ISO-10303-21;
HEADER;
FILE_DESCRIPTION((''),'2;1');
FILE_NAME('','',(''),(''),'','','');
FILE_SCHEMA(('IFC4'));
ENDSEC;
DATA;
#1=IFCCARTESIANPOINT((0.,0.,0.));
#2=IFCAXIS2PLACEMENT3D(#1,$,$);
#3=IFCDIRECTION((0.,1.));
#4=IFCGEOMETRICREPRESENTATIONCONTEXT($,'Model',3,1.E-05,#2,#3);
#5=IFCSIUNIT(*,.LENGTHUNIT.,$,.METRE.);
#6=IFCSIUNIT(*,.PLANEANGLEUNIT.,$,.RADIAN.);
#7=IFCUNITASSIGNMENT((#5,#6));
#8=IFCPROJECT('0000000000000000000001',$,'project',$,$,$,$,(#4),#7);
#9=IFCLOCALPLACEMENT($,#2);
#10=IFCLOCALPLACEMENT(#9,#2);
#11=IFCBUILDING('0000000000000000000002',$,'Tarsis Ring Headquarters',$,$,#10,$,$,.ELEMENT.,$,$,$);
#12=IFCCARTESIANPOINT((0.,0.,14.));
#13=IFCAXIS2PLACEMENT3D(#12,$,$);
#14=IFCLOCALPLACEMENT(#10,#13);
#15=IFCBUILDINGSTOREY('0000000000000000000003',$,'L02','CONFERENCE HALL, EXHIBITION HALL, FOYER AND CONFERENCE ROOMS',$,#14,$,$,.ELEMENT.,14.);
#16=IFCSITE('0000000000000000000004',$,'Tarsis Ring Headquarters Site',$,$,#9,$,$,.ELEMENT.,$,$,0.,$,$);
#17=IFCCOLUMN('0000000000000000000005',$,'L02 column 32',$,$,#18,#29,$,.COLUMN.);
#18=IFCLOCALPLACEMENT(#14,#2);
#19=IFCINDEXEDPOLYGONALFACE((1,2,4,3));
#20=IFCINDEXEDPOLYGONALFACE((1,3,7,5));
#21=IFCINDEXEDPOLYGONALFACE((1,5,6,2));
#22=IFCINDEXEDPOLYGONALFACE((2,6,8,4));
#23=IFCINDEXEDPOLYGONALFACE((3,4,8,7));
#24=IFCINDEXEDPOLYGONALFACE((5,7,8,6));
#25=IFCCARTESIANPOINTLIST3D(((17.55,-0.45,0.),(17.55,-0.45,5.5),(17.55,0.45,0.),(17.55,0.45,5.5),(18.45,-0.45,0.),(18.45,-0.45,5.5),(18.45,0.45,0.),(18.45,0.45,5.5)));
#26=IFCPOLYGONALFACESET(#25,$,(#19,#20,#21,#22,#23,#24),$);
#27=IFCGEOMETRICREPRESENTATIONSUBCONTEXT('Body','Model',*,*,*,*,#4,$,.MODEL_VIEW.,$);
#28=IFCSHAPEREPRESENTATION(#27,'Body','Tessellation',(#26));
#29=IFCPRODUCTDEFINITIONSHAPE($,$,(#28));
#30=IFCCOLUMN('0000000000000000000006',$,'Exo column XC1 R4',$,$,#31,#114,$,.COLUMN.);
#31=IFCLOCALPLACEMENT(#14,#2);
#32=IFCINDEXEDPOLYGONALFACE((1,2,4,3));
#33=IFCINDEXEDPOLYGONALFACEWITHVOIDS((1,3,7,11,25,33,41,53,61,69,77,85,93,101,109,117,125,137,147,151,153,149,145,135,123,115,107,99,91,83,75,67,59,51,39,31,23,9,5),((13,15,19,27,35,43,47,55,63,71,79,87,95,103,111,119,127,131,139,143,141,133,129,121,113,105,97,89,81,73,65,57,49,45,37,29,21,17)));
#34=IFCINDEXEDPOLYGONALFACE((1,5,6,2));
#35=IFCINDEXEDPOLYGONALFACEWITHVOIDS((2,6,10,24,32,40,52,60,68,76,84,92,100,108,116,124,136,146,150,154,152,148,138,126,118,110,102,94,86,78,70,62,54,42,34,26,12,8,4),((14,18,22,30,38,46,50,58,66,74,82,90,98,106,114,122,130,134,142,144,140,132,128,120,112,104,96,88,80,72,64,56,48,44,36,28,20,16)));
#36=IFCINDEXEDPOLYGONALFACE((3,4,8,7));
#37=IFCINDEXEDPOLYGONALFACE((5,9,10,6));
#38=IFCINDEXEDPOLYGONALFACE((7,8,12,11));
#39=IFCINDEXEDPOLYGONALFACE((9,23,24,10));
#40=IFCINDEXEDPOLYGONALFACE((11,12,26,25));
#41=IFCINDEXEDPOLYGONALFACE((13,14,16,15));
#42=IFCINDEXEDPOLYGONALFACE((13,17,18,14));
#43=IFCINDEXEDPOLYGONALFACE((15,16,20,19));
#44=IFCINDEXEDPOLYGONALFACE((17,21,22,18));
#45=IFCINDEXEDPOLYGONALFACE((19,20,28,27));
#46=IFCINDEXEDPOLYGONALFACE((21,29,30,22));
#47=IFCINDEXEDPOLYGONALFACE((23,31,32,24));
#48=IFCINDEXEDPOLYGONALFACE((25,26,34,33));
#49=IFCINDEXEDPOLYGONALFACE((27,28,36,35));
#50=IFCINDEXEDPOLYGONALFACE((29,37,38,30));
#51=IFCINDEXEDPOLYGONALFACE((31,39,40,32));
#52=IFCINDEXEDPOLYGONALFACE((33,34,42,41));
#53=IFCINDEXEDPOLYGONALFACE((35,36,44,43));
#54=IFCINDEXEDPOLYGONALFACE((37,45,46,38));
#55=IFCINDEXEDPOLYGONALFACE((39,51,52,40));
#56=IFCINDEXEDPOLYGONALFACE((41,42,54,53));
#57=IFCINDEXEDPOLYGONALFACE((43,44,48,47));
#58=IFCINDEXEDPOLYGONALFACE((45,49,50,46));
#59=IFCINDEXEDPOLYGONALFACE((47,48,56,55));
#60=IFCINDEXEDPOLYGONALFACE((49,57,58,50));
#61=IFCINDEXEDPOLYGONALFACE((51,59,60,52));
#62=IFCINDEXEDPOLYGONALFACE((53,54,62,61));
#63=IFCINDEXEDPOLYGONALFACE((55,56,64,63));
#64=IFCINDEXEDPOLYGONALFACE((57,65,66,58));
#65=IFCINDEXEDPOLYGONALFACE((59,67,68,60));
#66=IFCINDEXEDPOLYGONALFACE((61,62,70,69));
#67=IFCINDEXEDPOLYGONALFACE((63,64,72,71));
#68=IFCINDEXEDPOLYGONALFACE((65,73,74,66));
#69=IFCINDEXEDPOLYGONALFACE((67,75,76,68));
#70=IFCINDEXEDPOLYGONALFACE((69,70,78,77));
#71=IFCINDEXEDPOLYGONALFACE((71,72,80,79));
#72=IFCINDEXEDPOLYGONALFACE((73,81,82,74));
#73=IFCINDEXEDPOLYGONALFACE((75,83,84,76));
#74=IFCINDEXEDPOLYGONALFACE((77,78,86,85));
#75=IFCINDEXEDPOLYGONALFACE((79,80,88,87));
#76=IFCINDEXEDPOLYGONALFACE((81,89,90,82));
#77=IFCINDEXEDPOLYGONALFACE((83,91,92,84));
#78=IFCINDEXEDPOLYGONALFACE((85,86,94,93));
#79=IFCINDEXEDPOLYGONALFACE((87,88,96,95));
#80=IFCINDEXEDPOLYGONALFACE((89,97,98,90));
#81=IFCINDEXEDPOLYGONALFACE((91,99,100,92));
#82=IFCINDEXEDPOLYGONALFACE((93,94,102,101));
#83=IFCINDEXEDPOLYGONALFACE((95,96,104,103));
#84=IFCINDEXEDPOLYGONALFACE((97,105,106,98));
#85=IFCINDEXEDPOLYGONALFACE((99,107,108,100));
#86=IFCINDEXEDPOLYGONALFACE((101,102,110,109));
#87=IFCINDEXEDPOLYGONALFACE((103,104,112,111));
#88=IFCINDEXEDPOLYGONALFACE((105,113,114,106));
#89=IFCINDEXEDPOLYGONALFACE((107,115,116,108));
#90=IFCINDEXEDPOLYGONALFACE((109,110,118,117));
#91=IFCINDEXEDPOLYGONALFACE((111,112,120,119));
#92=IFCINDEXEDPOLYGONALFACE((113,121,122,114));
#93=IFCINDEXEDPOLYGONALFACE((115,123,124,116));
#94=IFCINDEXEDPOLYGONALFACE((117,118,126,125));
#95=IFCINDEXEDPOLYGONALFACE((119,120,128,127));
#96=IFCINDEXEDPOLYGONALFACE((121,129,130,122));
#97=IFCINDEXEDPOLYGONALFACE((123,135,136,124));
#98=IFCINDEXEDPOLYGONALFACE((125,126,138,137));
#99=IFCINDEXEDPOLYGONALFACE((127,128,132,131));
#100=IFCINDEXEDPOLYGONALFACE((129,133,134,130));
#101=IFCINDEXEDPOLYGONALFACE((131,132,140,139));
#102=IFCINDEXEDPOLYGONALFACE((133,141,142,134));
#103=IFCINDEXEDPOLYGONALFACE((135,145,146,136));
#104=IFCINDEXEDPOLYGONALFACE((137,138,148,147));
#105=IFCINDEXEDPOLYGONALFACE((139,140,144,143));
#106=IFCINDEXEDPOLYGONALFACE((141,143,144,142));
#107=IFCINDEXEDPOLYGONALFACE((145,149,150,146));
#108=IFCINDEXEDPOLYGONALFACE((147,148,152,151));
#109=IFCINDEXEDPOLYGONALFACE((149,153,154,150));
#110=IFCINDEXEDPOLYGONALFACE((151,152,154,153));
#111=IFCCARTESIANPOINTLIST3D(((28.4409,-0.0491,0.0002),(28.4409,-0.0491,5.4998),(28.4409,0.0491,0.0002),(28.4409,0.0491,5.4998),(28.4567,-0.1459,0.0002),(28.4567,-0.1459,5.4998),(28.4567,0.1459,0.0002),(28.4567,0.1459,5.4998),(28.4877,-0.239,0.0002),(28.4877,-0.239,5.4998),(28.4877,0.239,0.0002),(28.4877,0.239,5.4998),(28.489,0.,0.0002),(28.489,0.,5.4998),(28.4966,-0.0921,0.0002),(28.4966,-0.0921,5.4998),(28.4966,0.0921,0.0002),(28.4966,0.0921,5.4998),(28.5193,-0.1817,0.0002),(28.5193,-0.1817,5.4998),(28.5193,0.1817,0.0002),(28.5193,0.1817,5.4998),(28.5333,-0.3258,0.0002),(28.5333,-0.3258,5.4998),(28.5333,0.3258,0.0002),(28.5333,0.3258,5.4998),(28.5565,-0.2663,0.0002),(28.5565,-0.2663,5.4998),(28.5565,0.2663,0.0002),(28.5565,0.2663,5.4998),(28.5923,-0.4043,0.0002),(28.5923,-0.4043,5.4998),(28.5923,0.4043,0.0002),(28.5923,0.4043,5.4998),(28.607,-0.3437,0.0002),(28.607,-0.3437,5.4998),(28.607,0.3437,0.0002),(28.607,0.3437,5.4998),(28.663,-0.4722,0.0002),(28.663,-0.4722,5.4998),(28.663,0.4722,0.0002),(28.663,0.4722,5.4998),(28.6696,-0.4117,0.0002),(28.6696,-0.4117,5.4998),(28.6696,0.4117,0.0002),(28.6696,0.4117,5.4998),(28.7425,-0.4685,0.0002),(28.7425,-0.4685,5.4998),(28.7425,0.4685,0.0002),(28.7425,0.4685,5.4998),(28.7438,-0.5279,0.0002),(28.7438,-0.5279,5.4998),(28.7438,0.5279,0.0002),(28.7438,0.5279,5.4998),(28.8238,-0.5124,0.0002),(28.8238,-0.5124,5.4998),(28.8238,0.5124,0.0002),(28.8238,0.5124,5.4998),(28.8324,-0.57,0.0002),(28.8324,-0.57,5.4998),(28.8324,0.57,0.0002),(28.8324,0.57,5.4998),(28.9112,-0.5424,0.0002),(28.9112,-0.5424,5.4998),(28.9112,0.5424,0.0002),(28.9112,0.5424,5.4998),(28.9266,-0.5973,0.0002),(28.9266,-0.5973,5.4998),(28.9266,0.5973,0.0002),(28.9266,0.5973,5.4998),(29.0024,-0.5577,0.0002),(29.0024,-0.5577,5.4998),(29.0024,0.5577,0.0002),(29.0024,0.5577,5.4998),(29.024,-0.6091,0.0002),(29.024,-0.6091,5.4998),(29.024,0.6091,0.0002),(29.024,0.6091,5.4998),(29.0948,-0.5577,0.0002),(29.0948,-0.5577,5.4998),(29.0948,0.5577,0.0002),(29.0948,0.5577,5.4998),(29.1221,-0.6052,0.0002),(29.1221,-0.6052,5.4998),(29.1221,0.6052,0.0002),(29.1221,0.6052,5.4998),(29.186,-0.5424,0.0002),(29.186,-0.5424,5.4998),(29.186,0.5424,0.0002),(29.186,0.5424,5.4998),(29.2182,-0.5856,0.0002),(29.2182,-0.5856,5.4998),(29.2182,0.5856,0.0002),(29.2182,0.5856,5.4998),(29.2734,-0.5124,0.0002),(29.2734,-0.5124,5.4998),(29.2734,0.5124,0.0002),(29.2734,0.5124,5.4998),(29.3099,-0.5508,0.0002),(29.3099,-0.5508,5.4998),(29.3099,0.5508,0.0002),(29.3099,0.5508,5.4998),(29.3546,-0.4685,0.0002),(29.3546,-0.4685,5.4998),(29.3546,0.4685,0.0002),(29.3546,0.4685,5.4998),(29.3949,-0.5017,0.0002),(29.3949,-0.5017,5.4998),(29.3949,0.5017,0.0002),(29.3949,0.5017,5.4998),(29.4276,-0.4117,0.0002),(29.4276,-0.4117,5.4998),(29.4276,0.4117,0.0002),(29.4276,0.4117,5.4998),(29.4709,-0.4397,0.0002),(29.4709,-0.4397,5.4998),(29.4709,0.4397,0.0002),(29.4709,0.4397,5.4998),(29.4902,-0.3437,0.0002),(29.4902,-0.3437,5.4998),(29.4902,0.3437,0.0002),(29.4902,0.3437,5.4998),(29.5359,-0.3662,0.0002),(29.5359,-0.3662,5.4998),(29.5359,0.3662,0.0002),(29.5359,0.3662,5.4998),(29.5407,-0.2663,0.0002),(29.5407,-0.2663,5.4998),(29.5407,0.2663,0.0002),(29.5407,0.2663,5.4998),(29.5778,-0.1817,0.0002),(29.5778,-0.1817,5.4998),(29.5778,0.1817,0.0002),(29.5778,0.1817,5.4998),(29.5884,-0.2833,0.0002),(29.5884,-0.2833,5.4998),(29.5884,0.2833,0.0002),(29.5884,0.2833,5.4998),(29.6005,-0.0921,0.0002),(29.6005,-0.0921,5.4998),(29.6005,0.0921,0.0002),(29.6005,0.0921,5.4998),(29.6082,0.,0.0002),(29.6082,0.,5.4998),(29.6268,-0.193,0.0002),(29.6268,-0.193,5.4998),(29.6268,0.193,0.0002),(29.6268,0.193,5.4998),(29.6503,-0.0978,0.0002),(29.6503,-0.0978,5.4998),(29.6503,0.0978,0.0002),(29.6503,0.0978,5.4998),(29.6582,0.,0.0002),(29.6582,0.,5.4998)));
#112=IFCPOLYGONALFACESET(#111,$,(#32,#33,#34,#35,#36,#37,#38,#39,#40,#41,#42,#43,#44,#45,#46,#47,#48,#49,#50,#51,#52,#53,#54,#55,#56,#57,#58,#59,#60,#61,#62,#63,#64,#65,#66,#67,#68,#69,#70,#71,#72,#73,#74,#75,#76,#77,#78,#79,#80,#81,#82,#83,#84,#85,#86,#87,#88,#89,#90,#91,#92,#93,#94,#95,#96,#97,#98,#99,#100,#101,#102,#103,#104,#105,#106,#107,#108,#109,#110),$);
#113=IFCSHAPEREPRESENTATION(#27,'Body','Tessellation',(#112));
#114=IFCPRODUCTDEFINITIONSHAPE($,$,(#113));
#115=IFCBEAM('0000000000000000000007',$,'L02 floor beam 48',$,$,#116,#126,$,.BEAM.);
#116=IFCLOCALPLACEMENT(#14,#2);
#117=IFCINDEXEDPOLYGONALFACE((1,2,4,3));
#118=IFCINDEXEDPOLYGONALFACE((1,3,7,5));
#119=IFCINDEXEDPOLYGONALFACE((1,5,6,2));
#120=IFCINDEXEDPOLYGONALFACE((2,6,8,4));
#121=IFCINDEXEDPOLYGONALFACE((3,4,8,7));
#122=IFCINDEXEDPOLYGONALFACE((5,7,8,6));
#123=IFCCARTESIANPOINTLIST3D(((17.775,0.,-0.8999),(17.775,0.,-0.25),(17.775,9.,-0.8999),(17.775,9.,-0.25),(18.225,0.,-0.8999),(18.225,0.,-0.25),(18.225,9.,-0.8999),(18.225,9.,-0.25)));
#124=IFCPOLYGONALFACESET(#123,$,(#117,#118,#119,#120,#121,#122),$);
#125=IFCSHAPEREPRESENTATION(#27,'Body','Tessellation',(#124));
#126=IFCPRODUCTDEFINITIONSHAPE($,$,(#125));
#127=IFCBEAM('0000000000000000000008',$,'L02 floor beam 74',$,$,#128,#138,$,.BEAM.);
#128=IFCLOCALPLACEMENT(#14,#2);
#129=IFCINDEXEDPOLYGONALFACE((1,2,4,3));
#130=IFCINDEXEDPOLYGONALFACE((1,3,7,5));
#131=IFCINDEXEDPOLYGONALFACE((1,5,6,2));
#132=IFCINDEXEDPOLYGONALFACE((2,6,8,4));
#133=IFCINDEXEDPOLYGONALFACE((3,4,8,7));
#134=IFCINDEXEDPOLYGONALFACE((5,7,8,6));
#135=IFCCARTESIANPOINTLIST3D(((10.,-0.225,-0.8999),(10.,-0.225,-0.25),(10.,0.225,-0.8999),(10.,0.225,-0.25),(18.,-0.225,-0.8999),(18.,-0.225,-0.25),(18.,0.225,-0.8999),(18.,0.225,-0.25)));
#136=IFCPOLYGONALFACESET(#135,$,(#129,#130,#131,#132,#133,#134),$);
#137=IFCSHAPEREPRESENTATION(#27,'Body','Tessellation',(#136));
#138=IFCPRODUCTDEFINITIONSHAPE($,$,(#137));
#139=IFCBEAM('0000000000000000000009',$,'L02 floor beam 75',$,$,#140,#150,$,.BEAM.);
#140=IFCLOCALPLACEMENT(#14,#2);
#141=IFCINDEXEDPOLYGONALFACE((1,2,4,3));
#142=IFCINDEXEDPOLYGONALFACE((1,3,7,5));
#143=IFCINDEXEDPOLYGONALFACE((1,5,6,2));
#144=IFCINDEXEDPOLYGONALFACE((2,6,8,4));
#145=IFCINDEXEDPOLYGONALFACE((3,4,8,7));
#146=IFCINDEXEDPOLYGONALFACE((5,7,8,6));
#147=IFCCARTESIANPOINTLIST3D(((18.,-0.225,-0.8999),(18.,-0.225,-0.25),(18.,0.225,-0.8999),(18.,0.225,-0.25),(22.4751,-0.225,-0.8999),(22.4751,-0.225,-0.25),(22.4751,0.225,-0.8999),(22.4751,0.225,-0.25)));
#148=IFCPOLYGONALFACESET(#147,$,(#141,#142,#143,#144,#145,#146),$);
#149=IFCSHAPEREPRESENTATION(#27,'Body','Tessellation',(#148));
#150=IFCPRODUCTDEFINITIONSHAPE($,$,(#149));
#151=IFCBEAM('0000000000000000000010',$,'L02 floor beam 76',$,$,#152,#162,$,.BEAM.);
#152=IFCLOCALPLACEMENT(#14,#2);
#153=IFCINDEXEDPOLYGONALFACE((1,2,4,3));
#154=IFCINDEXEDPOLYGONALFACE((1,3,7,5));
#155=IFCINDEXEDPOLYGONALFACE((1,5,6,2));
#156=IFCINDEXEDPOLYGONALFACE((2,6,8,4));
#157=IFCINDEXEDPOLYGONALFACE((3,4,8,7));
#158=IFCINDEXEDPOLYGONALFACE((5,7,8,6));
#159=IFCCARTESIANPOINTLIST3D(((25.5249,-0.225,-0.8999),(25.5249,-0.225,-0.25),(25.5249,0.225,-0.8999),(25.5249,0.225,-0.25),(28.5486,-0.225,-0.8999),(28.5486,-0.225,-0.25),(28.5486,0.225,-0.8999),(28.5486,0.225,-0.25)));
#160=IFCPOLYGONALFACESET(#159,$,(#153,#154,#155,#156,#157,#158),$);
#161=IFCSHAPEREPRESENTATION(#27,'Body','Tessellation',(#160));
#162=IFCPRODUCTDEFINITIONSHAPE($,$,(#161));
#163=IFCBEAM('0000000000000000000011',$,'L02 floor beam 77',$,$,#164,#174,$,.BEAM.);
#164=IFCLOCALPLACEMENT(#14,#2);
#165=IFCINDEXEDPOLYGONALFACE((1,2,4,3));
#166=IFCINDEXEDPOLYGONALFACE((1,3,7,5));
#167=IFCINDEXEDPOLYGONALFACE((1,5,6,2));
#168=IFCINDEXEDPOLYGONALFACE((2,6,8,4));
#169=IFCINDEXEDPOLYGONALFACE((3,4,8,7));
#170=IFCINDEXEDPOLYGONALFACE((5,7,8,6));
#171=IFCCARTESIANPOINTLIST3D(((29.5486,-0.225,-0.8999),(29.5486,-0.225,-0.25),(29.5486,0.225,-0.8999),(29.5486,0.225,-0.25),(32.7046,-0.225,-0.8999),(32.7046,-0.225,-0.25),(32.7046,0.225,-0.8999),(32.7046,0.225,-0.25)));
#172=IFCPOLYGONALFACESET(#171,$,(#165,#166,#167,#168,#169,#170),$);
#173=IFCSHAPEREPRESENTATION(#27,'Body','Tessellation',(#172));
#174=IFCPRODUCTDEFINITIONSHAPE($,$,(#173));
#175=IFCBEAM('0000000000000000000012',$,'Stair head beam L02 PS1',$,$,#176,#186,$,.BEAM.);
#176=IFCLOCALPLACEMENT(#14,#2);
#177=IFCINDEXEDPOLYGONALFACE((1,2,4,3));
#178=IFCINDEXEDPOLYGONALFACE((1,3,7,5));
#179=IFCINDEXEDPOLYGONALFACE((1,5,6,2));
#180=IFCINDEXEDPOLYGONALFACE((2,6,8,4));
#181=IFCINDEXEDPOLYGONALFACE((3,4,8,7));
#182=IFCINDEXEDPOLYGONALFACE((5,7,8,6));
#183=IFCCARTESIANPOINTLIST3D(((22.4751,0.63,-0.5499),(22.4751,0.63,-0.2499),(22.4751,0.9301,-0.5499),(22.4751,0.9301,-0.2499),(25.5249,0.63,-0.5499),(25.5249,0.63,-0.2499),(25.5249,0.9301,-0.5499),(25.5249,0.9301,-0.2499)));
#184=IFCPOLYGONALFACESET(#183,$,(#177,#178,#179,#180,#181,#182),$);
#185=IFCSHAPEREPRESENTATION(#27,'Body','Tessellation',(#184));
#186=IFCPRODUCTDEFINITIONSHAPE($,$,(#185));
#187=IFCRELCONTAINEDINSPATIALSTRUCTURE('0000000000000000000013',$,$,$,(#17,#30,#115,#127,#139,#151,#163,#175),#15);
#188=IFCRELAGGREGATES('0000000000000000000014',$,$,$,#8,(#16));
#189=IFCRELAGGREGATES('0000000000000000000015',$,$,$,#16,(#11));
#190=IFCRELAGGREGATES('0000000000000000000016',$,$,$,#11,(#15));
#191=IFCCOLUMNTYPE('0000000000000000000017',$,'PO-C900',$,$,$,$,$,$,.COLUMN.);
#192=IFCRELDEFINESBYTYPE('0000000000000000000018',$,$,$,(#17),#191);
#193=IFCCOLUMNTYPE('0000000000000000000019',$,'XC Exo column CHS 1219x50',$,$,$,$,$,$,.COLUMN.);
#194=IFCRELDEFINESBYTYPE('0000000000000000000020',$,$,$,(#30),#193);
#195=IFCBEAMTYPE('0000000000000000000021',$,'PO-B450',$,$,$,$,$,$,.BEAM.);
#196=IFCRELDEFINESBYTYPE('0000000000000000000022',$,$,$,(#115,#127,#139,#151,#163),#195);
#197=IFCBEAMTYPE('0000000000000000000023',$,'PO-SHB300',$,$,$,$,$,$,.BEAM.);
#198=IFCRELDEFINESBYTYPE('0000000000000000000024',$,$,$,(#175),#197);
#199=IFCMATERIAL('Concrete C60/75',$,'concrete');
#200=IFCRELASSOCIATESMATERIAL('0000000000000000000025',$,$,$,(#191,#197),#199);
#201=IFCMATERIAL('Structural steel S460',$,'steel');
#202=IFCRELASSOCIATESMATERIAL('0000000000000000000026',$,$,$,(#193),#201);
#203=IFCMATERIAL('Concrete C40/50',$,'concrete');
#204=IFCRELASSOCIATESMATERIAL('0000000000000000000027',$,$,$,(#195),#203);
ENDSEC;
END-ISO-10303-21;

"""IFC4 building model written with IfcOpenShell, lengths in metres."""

from ifc_helpers import new_model, si_unit, direction, frame, origin, origin_2d, place, context, subcontext, project, spatial, rectangle, hollow_circle, extrude, material, material_profile, profile_set, type_object, element, save


model = new_model("IFC4")

# Units and contexts
model_context = context("Model", 3, precision=1e-05, world=origin(), true_north=direction((0.0, 1.0)))
body_context = subcontext(model_context, "Body", "Model", "MODEL_VIEW")
ifc_project = project(units=[si_unit("LENGTHUNIT", "METRE"), si_unit("PLANEANGLEUNIT", "RADIAN")], contexts=[model_context])

# Site, building, storey
site_placement = place(None, origin())
site = spatial("IfcSite", under=ifc_project, at=site_placement, Name="Tarsis Ring Headquarters Site", CompositionType="ELEMENT", RefElevation=0.0)
building_placement = place(site_placement, origin())
building = spatial("IfcBuilding", under=site, at=building_placement, Name="Tarsis Ring Headquarters", CompositionType="ELEMENT")
storey_placement = place(building_placement, frame((0.0, 0.0, 14.0)))
storey = spatial("IfcBuildingStorey", under=building, at=storey_placement, Name="L02", Description="CONFERENCE HALL, EXHIBITION HALL, FOYER AND CONFERENCE ROOMS", CompositionType="ELEMENT", Elevation=14.0)

# Columns
ifc_material_1 = material(Name="Concrete C60/75", Category="concrete")
ifc_material_profile_1 = material_profile(ifc_material_1, rectangle(XDim=0.8999, YDim=0.8999, at=origin_2d()), Name="PO-C900")
ifc_profile_set_1 = profile_set([ifc_material_profile_1], Name="Concrete C60/75")
column_type_1 = type_object("IfcColumnType", Name="PO-C900", PredefinedType="COLUMN", material=ifc_profile_set_1)
column_1_placement = place(storey_placement, frame((18.0, 0.0, 0.0), z_axis=(0.0, 0.0, 1.0), x_axis=(1.0, 0.0, 0.0)))
element("IfcColumn", 1, at=column_1_placement, inside=storey, type_object=column_type_1, Name="L02 column 32", PredefinedType="COLUMN", context=body_context, shape_type="SweptSolid", body=[
    extrude(rectangle(XDim=0.8999, YDim=0.8999, at=origin_2d()), origin(), (0.0, 0.0, 1.0), 5.5),
])
ifc_material_2 = material(Name="Structural steel S460", Category="steel")
ifc_material_profile_2 = material_profile(ifc_material_2, hollow_circle(Radius=0.6096, WallThickness=0.05, at=origin_2d()), Name="CHS 1219x50")
ifc_profile_set_2 = profile_set([ifc_material_profile_2], Name="Structural steel S460")
column_type_2 = type_object("IfcColumnType", Name="XC Exo column CHS 1219x50", PredefinedType="COLUMN", material=ifc_profile_set_2)
column_2_placement = place(storey_placement, frame((29.0486, 0.0, 0.0002), z_axis=(0.0, 0.0, 1.0), x_axis=(1.0, 0.0, 0.0)))
element("IfcColumn", 2, at=column_2_placement, inside=storey, type_object=column_type_2, Name="Exo column XC1 R4", PredefinedType="COLUMN", context=body_context, shape_type="SweptSolid", body=[
    extrude(hollow_circle(Radius=0.6096, WallThickness=0.05, at=origin_2d()), origin(), (0.0, 0.0, 1.0), 5.4995),
])

# Beams
ifc_material_3 = material(Name="Concrete C40/50", Category="concrete")
ifc_material_profile_3 = material_profile(ifc_material_3, rectangle(XDim=0.45, YDim=0.6499, at=origin_2d()), Name="PO-B450")
ifc_profile_set_3 = profile_set([ifc_material_profile_3], Name="Concrete C40/50")
beam_type_1 = type_object("IfcBeamType", Name="PO-B450", PredefinedType="BEAM", material=ifc_profile_set_3)
beam_1_placement = place(storey_placement, frame((18.0, 0.0, -0.575), z_axis=(0.0, 1.0, 0.0), x_axis=(-1.0, 0.0, 0.0)))
element("IfcBeam", 3, at=beam_1_placement, inside=storey, type_object=beam_type_1, Name="L02 floor beam 48", PredefinedType="BEAM", context=body_context, shape_type="SweptSolid", body=[
    extrude(rectangle(XDim=0.45, YDim=0.6499, at=origin_2d()), origin(), (0.0, 0.0, 1.0), 9.0),
])
beam_2_placement = place(storey_placement, frame((10.0, 0.0, -0.575), z_axis=(1.0, 0.0, 0.0), x_axis=(0.0, 1.0, 0.0)))
element("IfcBeam", 4, at=beam_2_placement, inside=storey, type_object=beam_type_1, Name="L02 floor beam 74", PredefinedType="BEAM", context=body_context, shape_type="SweptSolid", body=[
    extrude(rectangle(XDim=0.45, YDim=0.6499, at=origin_2d()), origin(), (0.0, 0.0, 1.0), 8.0),
])
beam_3_placement = place(storey_placement, frame((18.0, 0.0, -0.575), z_axis=(1.0, 0.0, 0.0), x_axis=(0.0, 1.0, 0.0)))
element("IfcBeam", 5, at=beam_3_placement, inside=storey, type_object=beam_type_1, Name="L02 floor beam 75", PredefinedType="BEAM", context=body_context, shape_type="SweptSolid", body=[
    extrude(rectangle(XDim=0.45, YDim=0.6499, at=origin_2d()), origin(), (0.0, 0.0, 1.0), 4.4751),
])
beam_4_placement = place(storey_placement, frame((25.5249, 0.0, -0.575), z_axis=(1.0, 0.0, 0.0), x_axis=(0.0, 1.0, 0.0)))
element("IfcBeam", 6, at=beam_4_placement, inside=storey, type_object=beam_type_1, Name="L02 floor beam 76", PredefinedType="BEAM", context=body_context, shape_type="SweptSolid", body=[
    extrude(rectangle(XDim=0.45, YDim=0.6499, at=origin_2d()), origin(), (0.0, 0.0, 1.0), 3.0237),
])
beam_5_placement = place(storey_placement, frame((29.5486, 0.0, -0.575), z_axis=(1.0, 0.0, 0.0), x_axis=(0.0, 1.0, 0.0)))
element("IfcBeam", 7, at=beam_5_placement, inside=storey, type_object=beam_type_1, Name="L02 floor beam 77", PredefinedType="BEAM", context=body_context, shape_type="SweptSolid", body=[
    extrude(rectangle(XDim=0.45, YDim=0.6499, at=origin_2d()), origin(), (0.0, 0.0, 1.0), 3.156),
])
ifc_material_profile_4 = material_profile(ifc_material_1, rectangle(XDim=0.3, YDim=0.3, at=origin_2d()), Name="PO-SHB300")
ifc_profile_set_4 = profile_set([ifc_material_profile_4], Name="Concrete C60/75")
beam_type_2 = type_object("IfcBeamType", Name="PO-SHB300", PredefinedType="BEAM", material=ifc_profile_set_4)
beam_6_placement = place(storey_placement, frame((25.5249, 0.78, -0.3999), z_axis=(-1.0, 0.0, 0.0), x_axis=(0.0, -1.0, 0.0)))
element("IfcBeam", 8, at=beam_6_placement, inside=storey, type_object=beam_type_2, Name="Stair head beam L02 PS1", PredefinedType="BEAM", context=body_context, shape_type="SweptSolid", body=[
    extrude(rectangle(XDim=0.3, YDim=0.3, at=origin_2d()), origin(), (0.0, 0.0, 1.0), 3.0498),
])

save(model, "model.ifc")
